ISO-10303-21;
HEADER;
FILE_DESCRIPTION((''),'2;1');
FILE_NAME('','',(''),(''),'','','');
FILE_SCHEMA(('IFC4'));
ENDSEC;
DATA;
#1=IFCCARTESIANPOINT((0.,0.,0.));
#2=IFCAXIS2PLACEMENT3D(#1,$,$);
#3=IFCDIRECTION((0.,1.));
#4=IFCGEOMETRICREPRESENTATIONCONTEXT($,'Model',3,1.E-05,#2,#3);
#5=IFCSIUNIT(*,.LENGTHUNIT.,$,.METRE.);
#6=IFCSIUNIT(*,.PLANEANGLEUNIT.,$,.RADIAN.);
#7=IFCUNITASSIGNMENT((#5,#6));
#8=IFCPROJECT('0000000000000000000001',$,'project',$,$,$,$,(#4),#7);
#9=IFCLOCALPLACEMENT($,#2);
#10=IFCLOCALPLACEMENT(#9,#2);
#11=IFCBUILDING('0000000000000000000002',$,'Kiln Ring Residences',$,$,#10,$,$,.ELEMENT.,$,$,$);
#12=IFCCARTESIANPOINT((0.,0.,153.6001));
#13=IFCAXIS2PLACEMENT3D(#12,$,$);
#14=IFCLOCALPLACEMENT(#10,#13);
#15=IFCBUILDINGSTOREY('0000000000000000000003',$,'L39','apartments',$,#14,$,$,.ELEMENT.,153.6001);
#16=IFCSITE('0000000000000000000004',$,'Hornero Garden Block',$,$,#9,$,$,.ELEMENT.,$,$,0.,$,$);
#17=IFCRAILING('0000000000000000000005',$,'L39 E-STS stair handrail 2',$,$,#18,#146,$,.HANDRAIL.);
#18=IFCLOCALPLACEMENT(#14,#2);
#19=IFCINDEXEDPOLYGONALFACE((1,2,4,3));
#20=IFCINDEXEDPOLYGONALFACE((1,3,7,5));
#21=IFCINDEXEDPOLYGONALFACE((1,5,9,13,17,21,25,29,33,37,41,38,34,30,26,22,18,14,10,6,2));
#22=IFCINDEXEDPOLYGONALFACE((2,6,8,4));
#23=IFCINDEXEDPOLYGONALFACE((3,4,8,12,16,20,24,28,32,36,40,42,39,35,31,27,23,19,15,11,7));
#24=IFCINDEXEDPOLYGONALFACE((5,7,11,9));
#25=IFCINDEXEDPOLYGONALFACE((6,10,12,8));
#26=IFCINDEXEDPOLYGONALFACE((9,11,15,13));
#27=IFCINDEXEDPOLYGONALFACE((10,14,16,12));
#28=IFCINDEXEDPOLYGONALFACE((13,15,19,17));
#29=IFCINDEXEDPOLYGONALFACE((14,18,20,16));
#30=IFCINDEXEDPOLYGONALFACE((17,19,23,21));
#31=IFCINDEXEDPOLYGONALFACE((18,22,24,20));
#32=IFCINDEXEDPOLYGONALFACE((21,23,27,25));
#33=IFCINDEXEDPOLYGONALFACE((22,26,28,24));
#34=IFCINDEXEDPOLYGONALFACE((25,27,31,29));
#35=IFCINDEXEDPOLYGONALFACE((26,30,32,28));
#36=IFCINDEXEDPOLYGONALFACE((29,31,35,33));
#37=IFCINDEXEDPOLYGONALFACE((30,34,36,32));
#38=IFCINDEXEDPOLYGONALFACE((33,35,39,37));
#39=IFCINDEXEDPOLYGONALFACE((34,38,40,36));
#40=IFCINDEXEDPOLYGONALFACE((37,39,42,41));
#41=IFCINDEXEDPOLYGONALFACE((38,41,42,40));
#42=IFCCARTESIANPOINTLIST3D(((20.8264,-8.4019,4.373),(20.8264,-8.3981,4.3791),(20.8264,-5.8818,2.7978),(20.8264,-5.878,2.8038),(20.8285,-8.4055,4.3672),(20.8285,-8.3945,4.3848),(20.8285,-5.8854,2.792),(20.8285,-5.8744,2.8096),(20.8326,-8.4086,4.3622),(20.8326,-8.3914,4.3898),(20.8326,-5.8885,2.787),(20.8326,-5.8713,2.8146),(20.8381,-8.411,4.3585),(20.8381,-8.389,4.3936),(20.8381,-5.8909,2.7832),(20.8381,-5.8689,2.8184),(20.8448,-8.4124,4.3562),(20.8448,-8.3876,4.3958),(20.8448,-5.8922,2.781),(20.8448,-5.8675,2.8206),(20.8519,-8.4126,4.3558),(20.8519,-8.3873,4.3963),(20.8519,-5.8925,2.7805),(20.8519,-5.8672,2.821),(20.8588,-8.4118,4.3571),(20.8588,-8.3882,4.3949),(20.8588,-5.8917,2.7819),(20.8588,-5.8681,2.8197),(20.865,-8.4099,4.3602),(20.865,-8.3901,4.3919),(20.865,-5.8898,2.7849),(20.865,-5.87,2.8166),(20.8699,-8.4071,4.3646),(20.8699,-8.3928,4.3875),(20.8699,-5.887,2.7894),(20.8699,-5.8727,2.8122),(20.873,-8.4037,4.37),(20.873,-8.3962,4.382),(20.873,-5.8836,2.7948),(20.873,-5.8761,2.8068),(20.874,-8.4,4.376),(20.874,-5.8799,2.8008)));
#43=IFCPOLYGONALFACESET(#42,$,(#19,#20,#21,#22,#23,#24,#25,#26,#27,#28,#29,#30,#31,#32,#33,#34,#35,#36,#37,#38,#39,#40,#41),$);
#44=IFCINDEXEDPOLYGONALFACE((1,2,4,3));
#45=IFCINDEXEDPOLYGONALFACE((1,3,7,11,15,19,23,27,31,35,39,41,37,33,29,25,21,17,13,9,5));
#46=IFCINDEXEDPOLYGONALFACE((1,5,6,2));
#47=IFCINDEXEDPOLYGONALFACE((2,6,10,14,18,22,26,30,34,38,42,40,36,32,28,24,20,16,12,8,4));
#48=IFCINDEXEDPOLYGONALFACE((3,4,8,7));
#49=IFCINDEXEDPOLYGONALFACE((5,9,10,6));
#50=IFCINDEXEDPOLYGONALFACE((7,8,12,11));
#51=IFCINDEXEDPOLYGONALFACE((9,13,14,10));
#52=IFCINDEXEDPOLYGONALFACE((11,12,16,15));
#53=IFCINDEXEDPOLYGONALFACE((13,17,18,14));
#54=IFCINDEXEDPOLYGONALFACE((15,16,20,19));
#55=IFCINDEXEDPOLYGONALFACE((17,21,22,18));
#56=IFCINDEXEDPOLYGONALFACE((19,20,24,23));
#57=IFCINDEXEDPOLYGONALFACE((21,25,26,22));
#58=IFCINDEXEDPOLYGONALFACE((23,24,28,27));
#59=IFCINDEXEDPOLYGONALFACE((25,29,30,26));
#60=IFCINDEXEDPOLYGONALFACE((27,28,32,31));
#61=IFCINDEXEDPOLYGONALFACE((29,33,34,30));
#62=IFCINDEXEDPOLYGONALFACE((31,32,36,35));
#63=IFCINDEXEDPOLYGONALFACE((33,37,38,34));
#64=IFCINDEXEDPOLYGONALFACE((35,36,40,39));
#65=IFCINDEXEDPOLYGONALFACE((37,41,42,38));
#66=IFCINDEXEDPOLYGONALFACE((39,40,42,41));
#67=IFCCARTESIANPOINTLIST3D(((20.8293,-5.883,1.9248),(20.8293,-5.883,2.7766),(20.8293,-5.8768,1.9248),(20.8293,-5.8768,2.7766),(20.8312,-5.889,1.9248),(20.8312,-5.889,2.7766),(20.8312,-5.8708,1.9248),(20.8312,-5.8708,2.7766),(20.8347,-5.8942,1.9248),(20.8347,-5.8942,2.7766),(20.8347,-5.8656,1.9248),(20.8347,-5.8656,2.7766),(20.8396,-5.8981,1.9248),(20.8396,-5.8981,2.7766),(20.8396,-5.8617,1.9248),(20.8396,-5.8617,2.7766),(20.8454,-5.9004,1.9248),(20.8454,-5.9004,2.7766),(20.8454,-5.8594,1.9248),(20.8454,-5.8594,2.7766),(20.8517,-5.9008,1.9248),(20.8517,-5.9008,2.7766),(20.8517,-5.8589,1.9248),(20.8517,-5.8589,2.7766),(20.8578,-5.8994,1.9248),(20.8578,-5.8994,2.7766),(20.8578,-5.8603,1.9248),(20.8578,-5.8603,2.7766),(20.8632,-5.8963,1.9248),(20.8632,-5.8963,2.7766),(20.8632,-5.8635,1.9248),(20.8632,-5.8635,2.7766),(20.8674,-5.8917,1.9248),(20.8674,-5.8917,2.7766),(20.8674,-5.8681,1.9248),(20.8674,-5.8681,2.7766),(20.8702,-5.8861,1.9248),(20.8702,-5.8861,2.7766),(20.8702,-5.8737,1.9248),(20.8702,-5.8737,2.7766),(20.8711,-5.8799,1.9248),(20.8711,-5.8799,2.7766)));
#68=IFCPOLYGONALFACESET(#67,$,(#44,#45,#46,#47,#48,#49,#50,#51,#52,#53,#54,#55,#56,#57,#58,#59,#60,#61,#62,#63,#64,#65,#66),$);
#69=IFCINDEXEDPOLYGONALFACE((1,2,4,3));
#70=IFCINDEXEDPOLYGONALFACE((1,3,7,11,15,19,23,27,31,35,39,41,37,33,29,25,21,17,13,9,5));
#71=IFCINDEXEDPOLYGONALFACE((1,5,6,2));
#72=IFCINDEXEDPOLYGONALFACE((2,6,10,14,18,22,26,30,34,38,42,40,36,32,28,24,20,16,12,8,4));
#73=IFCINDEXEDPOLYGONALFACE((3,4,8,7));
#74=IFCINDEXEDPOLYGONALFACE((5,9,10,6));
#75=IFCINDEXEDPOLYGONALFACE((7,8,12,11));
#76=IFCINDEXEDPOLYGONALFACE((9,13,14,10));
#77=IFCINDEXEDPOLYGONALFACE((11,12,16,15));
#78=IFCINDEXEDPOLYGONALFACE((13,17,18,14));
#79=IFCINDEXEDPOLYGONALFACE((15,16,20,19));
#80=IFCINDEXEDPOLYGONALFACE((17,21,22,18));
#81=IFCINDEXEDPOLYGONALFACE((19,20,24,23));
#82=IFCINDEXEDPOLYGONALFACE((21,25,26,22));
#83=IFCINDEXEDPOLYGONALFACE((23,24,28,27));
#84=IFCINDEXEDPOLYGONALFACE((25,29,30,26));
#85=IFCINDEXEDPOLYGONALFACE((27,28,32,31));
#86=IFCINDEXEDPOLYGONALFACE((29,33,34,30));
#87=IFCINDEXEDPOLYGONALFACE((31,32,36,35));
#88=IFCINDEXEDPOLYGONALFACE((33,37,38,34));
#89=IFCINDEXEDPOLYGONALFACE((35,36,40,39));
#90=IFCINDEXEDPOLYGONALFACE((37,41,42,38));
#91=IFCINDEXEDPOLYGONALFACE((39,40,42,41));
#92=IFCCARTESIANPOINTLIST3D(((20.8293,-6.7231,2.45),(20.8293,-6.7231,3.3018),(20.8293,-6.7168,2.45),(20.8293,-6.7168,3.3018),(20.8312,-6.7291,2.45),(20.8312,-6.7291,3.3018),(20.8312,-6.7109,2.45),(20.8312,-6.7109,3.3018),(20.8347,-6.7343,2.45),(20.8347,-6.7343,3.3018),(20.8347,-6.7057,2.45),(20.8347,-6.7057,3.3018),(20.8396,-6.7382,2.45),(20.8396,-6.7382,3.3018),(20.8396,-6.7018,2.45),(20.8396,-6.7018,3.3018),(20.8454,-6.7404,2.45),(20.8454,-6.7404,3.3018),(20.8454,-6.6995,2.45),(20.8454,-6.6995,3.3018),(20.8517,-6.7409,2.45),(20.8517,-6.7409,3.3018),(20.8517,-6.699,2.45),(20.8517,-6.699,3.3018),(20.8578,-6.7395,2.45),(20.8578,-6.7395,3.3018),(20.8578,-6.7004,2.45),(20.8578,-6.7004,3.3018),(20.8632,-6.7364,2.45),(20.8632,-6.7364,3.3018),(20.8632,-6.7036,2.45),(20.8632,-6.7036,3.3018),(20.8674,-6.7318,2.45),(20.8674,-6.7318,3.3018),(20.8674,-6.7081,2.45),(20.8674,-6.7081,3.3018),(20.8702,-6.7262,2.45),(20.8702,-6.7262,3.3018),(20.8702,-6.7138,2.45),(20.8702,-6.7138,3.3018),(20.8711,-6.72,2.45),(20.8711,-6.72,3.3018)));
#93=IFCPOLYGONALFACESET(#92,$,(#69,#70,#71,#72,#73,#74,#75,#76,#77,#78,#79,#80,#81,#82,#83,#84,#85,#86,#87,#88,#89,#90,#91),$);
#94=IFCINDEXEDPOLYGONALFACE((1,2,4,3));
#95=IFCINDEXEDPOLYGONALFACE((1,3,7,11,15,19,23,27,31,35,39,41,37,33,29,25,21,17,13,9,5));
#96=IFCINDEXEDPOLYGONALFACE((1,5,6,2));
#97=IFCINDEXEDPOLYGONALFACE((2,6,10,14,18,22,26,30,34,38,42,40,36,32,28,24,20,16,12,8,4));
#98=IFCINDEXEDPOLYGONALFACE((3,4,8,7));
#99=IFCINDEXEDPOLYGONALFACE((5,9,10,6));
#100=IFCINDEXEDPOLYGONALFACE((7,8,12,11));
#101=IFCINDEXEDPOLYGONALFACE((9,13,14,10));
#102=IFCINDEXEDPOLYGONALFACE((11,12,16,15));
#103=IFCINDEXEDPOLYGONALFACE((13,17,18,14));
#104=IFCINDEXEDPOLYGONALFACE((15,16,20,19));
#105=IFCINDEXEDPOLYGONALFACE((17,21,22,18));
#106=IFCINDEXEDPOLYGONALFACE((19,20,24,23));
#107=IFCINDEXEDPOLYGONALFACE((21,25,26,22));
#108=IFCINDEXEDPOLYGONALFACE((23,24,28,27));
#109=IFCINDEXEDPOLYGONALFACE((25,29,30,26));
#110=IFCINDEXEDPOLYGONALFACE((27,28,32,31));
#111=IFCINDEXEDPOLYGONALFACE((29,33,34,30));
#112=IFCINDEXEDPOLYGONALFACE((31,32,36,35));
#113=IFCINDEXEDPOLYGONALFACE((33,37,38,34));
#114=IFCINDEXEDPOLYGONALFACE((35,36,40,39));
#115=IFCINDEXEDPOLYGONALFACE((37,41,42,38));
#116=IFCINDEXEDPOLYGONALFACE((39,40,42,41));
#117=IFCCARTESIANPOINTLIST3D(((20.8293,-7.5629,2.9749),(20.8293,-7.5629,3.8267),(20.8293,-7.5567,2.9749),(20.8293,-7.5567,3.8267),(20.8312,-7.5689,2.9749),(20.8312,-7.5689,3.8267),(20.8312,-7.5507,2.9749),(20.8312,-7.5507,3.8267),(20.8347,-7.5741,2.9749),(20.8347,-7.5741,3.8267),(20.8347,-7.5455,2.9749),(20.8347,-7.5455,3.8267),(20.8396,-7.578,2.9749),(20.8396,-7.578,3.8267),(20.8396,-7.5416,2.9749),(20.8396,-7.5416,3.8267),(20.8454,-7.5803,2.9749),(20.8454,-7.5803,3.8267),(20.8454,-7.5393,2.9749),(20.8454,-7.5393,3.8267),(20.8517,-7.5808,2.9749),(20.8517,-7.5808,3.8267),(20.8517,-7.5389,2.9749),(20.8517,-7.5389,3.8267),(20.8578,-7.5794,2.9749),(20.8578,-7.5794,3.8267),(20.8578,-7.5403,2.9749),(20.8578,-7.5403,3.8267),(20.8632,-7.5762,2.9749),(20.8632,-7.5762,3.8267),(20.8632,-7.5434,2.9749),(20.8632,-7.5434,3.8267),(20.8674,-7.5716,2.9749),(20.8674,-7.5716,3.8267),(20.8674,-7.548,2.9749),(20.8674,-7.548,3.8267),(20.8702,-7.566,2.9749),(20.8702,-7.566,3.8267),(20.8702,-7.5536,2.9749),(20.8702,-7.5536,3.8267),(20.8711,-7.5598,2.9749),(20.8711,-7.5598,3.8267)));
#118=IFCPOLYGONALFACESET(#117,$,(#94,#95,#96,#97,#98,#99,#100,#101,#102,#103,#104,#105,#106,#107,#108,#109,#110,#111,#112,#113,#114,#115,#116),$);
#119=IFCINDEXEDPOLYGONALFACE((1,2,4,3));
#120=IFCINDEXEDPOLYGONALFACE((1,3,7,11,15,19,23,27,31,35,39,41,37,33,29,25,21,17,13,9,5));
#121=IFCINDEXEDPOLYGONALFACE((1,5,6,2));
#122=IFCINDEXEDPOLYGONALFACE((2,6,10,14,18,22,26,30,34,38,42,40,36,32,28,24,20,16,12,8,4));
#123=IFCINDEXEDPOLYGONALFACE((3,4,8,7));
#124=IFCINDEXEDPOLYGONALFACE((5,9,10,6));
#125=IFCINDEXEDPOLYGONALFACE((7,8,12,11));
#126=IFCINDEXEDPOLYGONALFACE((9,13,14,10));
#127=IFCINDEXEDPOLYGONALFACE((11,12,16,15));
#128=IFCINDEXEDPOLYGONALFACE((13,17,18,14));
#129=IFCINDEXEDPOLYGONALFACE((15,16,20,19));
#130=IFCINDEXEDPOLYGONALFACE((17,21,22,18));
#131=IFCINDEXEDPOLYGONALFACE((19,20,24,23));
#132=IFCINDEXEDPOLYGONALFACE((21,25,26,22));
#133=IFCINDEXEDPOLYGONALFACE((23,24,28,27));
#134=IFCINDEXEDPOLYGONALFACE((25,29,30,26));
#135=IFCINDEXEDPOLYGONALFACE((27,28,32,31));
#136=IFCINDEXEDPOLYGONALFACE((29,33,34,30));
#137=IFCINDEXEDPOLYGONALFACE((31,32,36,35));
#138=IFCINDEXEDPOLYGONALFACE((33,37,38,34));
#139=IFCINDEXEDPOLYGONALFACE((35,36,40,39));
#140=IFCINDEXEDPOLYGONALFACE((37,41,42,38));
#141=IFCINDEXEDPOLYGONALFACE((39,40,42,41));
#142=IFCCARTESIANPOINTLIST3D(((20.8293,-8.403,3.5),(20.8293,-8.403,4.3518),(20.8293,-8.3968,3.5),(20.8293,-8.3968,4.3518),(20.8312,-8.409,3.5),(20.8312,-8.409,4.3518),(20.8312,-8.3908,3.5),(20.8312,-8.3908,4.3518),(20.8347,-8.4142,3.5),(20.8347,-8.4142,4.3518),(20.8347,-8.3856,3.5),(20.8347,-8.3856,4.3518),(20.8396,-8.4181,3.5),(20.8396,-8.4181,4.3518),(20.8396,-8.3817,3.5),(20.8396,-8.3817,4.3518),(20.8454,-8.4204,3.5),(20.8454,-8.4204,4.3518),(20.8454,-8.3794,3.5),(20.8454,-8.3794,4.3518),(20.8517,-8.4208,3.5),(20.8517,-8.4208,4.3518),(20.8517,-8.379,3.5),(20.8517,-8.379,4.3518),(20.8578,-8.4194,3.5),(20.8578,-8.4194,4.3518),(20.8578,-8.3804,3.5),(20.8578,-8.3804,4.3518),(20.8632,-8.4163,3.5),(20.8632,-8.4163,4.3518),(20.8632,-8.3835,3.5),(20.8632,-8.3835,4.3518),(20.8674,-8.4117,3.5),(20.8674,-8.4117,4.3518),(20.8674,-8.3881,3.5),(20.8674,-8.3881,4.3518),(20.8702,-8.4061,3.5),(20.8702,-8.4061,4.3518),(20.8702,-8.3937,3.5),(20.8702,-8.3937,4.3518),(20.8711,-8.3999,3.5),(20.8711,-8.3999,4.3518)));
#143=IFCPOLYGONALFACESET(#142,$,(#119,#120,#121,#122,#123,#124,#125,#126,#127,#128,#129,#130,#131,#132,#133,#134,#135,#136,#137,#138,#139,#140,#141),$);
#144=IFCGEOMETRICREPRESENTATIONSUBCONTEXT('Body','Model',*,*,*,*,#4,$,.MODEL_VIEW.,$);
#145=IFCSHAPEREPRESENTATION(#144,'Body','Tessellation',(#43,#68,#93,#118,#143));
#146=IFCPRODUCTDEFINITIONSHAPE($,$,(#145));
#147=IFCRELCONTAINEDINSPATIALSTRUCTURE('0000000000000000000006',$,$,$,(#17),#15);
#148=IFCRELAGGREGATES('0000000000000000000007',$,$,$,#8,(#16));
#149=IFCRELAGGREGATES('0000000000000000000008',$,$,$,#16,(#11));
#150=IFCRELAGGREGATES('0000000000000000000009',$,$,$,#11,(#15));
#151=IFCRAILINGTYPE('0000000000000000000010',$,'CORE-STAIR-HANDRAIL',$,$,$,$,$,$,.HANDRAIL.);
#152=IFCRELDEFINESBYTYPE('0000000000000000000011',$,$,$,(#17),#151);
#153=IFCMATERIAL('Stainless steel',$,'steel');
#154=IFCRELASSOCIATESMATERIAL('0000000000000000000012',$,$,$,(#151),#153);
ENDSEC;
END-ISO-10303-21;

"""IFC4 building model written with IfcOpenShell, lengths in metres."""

from ifc_helpers import new_model, si_unit, direction, frame, origin, origin_2d, place, context, subcontext, project, spatial, circle, extrude, material, type_object, element, save


model = new_model("IFC4")

# Units and contexts
model_context = context("Model", 3, precision=1e-05, world=origin(), true_north=direction((0.0, 1.0)))
body_context = subcontext(model_context, "Body", "Model", "MODEL_VIEW")
ifc_project = project(units=[si_unit("LENGTHUNIT", "METRE"), si_unit("PLANEANGLEUNIT", "RADIAN")], contexts=[model_context])

# Site, building, storey
site_placement = place(None, origin())
site = spatial("IfcSite", under=ifc_project, at=site_placement, Name="Hornero Garden Block", CompositionType="ELEMENT", RefElevation=0.0)
building_placement = place(site_placement, origin())
building = spatial("IfcBuilding", under=site, at=building_placement, Name="Kiln Ring Residences", CompositionType="ELEMENT")
storey_placement = place(building_placement, frame((0.0, 0.0, 153.6001)))
storey = spatial("IfcBuildingStorey", under=building, at=storey_placement, Name="L39", Description="apartments", CompositionType="ELEMENT", Elevation=153.6001)

# Railing
ifc_material_1 = material(Name="Stainless steel", Category="steel")
railing_type_1 = type_object("IfcRailingType", Name="CORE-STAIR-HANDRAIL", PredefinedType="HANDRAIL", material=ifc_material_1)
railing_1_placement = place(storey_placement, frame((20.8501, -5.8799, 1.9248)))
element("IfcRailing", 1, at=railing_1_placement, inside=storey, type_object=railing_type_1, Name="L39 E-STS stair handrail 2", PredefinedType="HANDRAIL", context=body_context, shape_type="SweptSolid", body=[
    extrude(circle(Radius=0.0239, at=origin_2d()), frame((0.0, 0.0, 0.876), z_axis=(0.0, -0.847971, 0.530043), x_axis=(1.0, 0.0, 0.0)), (0.0, 0.0, 1.0), 2.9719),
    extrude(circle(Radius=0.021, at=origin_2d()), origin(), (0.0, 0.0, 1.0), 0.8518),
    extrude(circle(Radius=0.021, at=origin_2d()), frame((0.0, -0.8401, 0.5251)), (0.0, 0.0, 1.0), 0.8518),
    extrude(circle(Radius=0.021, at=origin_2d()), frame((0.0, -1.6799, 1.05)), (0.0, 0.0, 1.0), 0.8518),
    extrude(circle(Radius=0.021, at=origin_2d()), frame((0.0, -2.52, 1.5752)), (0.0, 0.0, 1.0), 0.8518),
])

save(model, "model.ifc")
